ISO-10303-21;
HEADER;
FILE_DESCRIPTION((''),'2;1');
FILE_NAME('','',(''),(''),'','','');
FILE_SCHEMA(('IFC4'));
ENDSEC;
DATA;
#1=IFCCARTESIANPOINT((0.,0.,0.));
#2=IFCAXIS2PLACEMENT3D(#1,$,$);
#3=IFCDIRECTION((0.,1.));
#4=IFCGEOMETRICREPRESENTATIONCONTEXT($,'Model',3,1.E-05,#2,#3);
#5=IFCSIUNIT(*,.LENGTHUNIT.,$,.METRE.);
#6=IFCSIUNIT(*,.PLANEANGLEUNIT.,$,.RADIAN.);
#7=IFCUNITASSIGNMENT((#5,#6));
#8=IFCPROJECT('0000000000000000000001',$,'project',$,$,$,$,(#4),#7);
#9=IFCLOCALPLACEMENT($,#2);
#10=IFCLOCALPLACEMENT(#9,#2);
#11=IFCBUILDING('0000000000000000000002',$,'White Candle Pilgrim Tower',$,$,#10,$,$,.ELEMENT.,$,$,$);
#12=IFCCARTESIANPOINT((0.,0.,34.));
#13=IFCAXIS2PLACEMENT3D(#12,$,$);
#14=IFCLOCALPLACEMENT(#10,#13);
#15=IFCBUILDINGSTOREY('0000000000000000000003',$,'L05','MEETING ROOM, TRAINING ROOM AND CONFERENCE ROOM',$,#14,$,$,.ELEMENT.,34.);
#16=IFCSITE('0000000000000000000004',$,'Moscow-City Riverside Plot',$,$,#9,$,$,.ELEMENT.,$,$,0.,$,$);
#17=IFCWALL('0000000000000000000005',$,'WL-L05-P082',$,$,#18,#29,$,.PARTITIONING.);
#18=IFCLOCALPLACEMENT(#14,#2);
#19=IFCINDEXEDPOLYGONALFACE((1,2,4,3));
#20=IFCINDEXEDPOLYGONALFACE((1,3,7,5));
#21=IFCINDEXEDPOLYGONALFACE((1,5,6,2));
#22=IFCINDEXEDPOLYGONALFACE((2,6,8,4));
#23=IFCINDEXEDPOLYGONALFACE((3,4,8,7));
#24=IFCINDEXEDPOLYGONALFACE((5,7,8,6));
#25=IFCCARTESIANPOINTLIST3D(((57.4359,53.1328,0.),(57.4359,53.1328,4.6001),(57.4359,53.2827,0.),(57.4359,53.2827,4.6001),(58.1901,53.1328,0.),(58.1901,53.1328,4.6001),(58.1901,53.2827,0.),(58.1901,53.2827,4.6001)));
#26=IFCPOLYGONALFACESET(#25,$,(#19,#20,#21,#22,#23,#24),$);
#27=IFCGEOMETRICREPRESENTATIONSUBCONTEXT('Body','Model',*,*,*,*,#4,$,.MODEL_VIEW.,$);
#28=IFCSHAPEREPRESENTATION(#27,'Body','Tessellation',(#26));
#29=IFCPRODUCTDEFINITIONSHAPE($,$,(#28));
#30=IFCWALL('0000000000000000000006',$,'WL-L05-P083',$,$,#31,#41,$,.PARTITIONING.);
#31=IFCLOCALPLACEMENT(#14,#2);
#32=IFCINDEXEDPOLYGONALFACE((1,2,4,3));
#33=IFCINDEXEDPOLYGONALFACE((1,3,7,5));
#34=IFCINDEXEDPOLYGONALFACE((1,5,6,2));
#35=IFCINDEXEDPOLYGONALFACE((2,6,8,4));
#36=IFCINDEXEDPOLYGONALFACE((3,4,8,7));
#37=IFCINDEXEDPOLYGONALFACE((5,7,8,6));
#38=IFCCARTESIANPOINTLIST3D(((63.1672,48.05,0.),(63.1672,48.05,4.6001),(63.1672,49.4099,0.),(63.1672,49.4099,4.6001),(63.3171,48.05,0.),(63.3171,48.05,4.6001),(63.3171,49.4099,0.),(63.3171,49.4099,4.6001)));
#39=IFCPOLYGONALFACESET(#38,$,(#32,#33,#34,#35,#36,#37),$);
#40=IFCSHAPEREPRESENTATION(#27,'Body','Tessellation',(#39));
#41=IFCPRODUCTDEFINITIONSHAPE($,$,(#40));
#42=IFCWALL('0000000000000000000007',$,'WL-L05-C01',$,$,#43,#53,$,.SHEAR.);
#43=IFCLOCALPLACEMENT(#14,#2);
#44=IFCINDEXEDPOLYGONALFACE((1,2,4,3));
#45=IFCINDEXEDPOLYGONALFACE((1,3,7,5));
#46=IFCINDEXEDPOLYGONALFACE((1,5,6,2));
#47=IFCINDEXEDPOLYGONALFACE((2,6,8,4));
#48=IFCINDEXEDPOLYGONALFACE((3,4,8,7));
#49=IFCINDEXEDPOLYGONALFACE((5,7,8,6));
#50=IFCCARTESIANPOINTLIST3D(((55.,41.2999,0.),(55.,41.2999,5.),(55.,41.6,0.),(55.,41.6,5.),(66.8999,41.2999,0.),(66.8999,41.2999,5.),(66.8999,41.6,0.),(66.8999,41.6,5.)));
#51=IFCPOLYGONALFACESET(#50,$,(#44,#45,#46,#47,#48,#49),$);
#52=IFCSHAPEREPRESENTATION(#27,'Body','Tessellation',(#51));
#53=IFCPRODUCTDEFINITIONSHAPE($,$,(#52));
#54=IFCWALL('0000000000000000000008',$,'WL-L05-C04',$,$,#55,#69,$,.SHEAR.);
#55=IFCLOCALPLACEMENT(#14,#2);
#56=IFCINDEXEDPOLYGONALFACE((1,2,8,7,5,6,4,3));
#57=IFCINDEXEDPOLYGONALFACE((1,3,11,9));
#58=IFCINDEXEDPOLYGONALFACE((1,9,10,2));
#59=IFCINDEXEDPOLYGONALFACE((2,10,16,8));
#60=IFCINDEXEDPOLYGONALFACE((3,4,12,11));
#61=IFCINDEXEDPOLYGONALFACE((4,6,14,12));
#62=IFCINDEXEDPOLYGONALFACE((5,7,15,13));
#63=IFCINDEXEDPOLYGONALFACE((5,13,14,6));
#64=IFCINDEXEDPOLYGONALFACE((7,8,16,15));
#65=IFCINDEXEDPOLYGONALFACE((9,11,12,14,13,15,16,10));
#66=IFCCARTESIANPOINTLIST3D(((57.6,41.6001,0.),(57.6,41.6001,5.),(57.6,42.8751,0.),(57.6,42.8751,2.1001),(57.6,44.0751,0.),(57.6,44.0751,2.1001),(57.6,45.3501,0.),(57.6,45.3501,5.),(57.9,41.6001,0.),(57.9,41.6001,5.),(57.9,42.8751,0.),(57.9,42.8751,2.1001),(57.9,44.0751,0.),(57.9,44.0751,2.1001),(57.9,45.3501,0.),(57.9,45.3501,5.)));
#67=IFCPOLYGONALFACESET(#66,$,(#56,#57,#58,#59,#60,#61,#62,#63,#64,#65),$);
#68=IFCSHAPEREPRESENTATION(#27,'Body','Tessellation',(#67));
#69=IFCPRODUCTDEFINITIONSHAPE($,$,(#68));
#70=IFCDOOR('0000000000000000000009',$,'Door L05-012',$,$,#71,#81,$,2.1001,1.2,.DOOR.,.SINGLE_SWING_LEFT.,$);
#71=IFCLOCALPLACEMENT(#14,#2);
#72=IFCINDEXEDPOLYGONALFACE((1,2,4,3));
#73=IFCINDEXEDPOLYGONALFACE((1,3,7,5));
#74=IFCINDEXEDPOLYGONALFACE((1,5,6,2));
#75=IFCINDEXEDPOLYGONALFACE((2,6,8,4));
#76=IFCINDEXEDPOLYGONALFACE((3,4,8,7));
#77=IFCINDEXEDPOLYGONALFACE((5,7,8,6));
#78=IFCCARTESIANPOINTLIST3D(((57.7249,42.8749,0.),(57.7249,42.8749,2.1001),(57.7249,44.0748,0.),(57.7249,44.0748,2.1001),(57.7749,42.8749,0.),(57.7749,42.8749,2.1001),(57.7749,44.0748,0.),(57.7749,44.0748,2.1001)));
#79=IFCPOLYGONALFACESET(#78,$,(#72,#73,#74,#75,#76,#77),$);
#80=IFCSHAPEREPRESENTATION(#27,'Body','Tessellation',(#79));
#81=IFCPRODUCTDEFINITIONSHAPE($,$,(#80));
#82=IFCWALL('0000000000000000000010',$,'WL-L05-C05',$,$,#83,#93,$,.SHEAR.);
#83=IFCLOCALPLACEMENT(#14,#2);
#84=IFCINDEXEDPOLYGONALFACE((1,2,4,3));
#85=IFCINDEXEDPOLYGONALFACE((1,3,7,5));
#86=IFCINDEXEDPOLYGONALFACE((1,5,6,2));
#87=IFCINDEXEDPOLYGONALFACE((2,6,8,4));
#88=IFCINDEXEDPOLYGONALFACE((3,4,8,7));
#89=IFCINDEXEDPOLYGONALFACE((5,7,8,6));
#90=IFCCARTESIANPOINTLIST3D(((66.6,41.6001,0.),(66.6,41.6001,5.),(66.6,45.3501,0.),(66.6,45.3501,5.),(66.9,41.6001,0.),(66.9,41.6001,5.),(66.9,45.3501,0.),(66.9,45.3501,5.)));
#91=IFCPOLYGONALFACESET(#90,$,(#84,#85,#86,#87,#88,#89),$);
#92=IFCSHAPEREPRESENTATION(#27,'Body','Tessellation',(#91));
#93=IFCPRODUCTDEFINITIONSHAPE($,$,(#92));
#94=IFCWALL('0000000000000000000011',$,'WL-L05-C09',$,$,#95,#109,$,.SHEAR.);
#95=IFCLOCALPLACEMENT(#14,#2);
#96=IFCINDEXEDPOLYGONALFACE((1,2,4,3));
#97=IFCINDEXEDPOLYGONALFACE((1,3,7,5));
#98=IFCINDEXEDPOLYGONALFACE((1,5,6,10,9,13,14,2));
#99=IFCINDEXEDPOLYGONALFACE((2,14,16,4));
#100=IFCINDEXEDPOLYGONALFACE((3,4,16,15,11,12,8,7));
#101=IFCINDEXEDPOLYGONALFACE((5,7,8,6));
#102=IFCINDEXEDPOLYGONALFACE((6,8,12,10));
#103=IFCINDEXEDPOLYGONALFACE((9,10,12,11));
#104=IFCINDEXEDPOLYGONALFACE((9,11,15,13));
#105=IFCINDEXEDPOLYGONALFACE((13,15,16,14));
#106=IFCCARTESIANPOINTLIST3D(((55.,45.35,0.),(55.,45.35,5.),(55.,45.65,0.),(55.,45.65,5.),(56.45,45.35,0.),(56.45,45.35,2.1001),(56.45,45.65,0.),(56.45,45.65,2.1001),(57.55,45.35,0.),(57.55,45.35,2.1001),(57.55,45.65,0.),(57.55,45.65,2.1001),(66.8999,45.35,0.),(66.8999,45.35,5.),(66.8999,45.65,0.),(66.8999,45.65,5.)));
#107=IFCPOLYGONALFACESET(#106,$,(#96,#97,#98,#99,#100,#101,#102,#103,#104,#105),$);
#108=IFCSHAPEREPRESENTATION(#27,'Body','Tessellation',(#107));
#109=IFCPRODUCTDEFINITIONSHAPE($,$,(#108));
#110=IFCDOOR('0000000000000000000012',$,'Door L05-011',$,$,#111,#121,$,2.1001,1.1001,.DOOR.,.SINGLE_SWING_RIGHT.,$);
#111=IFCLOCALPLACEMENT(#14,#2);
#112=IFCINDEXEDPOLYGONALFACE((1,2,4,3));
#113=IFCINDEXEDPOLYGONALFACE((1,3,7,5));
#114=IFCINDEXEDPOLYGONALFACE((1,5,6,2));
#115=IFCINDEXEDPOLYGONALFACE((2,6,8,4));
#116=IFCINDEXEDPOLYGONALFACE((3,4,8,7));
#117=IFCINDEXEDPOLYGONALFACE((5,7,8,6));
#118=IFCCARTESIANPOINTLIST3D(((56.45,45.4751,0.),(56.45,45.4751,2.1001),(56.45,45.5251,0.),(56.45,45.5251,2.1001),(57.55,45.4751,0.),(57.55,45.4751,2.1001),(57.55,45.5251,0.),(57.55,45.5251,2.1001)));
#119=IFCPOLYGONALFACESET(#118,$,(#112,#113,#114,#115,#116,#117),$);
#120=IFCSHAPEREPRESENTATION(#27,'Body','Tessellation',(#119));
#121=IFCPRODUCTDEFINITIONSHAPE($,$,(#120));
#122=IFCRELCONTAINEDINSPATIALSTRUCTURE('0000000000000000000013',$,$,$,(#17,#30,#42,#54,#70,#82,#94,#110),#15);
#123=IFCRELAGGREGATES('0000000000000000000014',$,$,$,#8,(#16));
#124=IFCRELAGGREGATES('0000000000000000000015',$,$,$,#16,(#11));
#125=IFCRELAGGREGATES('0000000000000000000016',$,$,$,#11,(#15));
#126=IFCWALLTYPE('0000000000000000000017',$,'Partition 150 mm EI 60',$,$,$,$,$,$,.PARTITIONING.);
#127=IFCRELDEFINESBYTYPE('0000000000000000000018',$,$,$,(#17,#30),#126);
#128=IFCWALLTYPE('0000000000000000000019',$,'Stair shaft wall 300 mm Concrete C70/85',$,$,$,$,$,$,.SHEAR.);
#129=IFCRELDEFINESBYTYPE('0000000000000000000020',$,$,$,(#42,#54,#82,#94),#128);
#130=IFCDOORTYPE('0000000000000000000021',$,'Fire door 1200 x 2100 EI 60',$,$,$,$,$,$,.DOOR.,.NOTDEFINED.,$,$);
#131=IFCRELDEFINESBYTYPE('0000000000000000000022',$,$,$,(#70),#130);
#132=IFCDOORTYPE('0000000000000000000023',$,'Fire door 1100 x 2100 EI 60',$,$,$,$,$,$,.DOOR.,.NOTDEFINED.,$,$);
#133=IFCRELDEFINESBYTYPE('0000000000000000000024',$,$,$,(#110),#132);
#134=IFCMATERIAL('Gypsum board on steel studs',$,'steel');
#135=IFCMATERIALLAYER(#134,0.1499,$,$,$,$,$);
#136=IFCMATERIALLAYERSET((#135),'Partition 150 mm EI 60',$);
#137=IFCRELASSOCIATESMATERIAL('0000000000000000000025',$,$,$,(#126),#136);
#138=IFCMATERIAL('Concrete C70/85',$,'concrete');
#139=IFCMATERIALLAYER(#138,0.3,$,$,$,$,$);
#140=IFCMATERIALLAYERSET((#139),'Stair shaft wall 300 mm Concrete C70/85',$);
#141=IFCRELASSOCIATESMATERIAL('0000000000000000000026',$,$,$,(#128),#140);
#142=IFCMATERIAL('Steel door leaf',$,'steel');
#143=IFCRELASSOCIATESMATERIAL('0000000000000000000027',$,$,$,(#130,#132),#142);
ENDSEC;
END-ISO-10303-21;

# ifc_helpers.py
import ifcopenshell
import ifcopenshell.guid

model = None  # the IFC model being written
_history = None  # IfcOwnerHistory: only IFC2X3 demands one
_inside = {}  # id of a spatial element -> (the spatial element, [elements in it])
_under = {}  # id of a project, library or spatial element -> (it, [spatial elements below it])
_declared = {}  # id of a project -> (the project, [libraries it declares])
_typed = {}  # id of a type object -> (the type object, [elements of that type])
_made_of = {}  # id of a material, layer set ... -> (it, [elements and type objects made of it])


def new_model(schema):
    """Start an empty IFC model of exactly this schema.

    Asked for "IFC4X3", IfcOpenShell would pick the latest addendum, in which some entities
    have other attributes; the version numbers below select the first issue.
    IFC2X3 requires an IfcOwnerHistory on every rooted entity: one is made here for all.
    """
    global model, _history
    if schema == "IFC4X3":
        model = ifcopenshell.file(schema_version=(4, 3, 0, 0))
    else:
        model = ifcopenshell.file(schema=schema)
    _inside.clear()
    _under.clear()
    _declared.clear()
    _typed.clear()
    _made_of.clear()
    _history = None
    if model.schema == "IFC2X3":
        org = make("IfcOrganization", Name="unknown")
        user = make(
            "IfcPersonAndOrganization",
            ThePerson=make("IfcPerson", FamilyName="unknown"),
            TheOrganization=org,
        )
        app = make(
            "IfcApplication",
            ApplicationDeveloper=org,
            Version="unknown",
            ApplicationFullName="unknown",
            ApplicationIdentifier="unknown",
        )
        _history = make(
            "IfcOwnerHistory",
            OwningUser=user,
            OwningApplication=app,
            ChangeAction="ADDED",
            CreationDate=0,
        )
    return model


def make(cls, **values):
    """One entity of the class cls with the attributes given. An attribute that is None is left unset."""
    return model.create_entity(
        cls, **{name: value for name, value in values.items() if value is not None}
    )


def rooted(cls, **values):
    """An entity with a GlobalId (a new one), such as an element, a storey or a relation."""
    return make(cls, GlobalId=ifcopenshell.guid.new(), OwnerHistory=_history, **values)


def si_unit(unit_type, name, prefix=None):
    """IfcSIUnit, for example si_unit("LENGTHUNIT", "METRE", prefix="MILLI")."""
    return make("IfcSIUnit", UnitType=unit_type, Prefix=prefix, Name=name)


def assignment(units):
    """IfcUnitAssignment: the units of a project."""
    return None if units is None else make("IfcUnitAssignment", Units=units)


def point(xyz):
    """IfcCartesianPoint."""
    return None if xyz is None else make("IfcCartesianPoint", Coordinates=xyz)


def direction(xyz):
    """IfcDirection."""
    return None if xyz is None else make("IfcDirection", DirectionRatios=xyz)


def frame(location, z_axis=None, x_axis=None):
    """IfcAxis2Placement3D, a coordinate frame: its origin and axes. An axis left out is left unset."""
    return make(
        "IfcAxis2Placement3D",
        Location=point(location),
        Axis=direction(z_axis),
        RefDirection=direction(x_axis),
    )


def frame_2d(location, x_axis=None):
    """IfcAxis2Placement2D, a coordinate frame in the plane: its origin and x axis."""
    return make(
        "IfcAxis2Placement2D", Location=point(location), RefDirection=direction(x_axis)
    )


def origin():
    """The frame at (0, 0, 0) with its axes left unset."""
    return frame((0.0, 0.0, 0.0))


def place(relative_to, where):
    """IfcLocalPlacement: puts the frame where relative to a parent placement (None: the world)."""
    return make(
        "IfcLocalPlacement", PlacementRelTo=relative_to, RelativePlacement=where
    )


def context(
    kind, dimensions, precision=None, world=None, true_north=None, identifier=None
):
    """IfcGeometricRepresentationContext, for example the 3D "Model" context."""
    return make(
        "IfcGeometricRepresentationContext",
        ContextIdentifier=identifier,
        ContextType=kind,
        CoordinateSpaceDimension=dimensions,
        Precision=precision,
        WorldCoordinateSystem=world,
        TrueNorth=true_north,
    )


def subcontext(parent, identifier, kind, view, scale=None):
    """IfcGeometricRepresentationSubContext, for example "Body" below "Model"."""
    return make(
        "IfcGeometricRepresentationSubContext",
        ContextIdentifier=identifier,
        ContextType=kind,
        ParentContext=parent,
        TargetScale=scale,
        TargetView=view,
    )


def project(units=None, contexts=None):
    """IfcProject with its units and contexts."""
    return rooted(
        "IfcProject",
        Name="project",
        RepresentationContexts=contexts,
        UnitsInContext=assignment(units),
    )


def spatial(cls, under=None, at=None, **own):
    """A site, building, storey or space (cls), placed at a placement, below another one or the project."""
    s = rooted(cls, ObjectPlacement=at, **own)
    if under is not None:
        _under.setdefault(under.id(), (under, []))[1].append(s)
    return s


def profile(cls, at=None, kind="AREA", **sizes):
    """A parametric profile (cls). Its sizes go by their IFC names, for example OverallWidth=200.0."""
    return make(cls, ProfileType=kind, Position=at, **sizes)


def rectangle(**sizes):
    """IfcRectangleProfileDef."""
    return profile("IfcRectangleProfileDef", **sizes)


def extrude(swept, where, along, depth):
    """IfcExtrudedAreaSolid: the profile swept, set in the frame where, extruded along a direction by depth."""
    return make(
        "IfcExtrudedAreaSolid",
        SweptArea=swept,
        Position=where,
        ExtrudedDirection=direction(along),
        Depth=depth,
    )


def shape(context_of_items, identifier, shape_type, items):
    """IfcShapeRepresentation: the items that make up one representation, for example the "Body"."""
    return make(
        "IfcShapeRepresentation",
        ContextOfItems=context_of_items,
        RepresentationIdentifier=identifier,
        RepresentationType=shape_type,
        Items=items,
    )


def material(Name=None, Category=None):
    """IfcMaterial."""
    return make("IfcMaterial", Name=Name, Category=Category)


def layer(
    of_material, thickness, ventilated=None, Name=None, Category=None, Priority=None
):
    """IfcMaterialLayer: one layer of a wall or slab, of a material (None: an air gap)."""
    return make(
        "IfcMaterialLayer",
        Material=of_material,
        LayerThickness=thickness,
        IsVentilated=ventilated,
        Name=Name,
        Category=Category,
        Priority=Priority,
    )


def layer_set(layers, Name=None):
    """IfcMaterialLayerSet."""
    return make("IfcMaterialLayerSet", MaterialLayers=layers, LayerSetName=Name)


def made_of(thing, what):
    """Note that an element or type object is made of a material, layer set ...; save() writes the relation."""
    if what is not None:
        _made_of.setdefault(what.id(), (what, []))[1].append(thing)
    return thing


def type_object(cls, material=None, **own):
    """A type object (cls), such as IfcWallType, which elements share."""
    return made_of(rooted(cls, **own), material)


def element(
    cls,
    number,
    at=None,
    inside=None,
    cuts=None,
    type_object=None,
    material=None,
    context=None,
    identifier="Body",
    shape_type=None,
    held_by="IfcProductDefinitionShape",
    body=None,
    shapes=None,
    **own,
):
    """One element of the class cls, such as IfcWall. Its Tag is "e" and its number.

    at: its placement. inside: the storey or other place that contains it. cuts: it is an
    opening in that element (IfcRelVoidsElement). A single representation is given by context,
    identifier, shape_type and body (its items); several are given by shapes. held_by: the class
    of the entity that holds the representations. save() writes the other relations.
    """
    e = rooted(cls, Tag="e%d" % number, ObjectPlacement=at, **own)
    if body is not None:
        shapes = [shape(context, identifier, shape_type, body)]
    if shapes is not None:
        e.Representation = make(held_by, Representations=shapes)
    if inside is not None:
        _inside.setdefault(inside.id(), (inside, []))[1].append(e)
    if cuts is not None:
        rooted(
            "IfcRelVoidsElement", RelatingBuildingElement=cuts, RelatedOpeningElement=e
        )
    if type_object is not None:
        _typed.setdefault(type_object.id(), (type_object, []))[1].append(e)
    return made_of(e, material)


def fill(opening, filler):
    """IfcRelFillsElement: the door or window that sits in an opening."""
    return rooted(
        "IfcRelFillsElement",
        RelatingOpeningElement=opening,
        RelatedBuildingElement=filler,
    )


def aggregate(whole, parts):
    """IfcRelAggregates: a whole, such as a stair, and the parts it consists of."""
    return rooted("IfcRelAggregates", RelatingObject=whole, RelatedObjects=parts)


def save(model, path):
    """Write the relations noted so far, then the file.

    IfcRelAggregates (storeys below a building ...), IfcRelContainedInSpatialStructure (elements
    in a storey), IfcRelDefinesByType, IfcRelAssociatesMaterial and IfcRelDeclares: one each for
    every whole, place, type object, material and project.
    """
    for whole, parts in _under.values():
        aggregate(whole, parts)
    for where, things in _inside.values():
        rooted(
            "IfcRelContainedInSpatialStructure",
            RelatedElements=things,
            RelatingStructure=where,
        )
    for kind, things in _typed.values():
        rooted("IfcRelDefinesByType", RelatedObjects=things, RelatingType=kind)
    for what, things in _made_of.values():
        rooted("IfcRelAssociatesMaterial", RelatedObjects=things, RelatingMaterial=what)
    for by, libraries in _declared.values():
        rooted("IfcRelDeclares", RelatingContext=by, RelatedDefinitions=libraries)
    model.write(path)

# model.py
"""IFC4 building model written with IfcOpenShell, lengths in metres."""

from ifc_helpers import new_model, si_unit, direction, frame, frame_2d, origin, place, context, subcontext, project, spatial, rectangle, extrude, material, layer, layer_set, type_object, element, fill, save


model = new_model("IFC4")

# Units and contexts
model_context = context("Model", 3, precision=1e-05, world=origin(), true_north=direction((0.0, 1.0)))
body_context = subcontext(model_context, "Body", "Model", "MODEL_VIEW")
ifc_project = project(units=[si_unit("LENGTHUNIT", "METRE"), si_unit("PLANEANGLEUNIT", "RADIAN")], contexts=[model_context])

# Site, building, storey
site_placement = place(None, origin())
site = spatial("IfcSite", under=ifc_project, at=site_placement, Name="Moscow-City Riverside Plot", CompositionType="ELEMENT", RefElevation=0.0)
building_placement = place(site_placement, origin())
building = spatial("IfcBuilding", under=site, at=building_placement, Name="White Candle Pilgrim Tower", CompositionType="ELEMENT")
storey_placement = place(building_placement, frame((0.0, 0.0, 34.0)))
storey = spatial("IfcBuildingStorey", under=building, at=storey_placement, Name="L05", Description="MEETING ROOM, TRAINING ROOM AND CONFERENCE ROOM", CompositionType="ELEMENT", Elevation=34.0)

# Shared definitions
ifc_material_1 = material(Name="Concrete C70/85", Category="concrete")

# Shared definitions
ifc_material_2 = material(Name="Gypsum board on steel studs", Category="steel")
ifc_material_3 = material(Name="Steel door leaf", Category="steel")

# Walls
ifc_layer_1 = layer(ifc_material_2, 0.1499)
ifc_layer_set_1 = layer_set([ifc_layer_1], Name="Partition 150 mm EI 60")
wall_type_1 = type_object("IfcWallType", Name="Partition 150 mm EI 60", PredefinedType="PARTITIONING", material=ifc_layer_set_1)
wall_1_placement = place(storey_placement, frame((58.1899, 53.2078, 0.0), z_axis=(0.0, 0.0, 1.0), x_axis=(-1.0, 0.0, 0.0)))
element("IfcWall", 1, at=wall_1_placement, inside=storey, type_object=wall_type_1, Name="WL-L05-P082", PredefinedType="PARTITIONING", context=body_context, shape_type="SweptSolid", body=[
    extrude(rectangle(XDim=0.7542, YDim=0.1499, at=frame_2d((0.377, 0.0))), origin(), (0.0, 0.0, 1.0), 4.6001),
])
wall_2_placement = place(storey_placement, frame((63.2422, 49.4099, 0.0), z_axis=(0.0, 0.0, 1.0), x_axis=(0.0, -1.0, 0.0)))
element("IfcWall", 2, at=wall_2_placement, inside=storey, type_object=wall_type_1, Name="WL-L05-P083", PredefinedType="PARTITIONING", context=body_context, shape_type="SweptSolid", body=[
    extrude(rectangle(XDim=1.3599, YDim=0.1499, at=frame_2d((0.6799, 0.0))), origin(), (0.0, 0.0, 1.0), 4.6001),
])
ifc_layer_2 = layer(ifc_material_1, 0.3)
ifc_layer_set_2 = layer_set([ifc_layer_2], Name="Stair shaft wall 300 mm Concrete C70/85")
wall_type_2 = type_object("IfcWallType", Name="Stair shaft wall 300 mm Concrete C70/85", PredefinedType="SHEAR", material=ifc_layer_set_2)
wall_3_placement = place(storey_placement, frame((55.0, 41.45, 0.0), z_axis=(0.0, 0.0, 1.0), x_axis=(1.0, 0.0, 0.0)))
element("IfcWall", 3, at=wall_3_placement, inside=storey, type_object=wall_type_2, Name="WL-L05-C01", PredefinedType="SHEAR", context=body_context, shape_type="SweptSolid", body=[
    extrude(rectangle(XDim=11.8999, YDim=0.3, at=frame_2d((5.95, 0.0))), origin(), (0.0, 0.0, 1.0), 5.0),
])

# Wall, opening, door
wall_4_placement = place(storey_placement, frame((57.75, 41.6001, 0.0), z_axis=(0.0, 0.0, 1.0), x_axis=(0.0, 1.0, 0.0)))
wall_4 = element("IfcWall", 4, at=wall_4_placement, inside=storey, type_object=wall_type_2, Name="WL-L05-C04", PredefinedType="SHEAR", context=body_context, shape_type="SweptSolid", body=[
    extrude(rectangle(XDim=3.75, YDim=0.3, at=frame_2d((1.875, 0.0))), origin(), (0.0, 0.0, 1.0), 5.0),
])
opening_1_placement = place(wall_4_placement, frame((1.2749, 0.0, 0.0)))
opening_1 = element("IfcOpeningElement", 5, at=opening_1_placement, cuts=wall_4, PredefinedType="OPENING", context=body_context, shape_type="SweptSolid", body=[
    extrude(rectangle(XDim=1.2, YDim=2.1001, at=frame_2d((0.6001, 1.05))), frame((0.0, 0.1599, 0.0), z_axis=(0.0, -1.0, 0.0), x_axis=(1.0, 0.0, 0.0)), (0.0, 0.0, 1.0), 0.3201),
])
door_type_1 = type_object("IfcDoorType", Name="Fire door 1200 x 2100 EI 60", OperationType="NOTDEFINED", PredefinedType="DOOR", material=ifc_material_3)
door_1_placement = place(opening_1_placement, frame((1.2, 0.0, 0.0), z_axis=(0.0, 0.0, 1.0), x_axis=(-1.0, 0.0, 0.0)))
door_1 = element("IfcDoor", 6, at=door_1_placement, inside=storey, type_object=door_type_1, Name="Door L05-012", OperationType="SINGLE_SWING_LEFT", OverallHeight=2.1001, OverallWidth=1.2, PredefinedType="DOOR", context=body_context, shape_type="SweptSolid", body=[
    extrude(rectangle(XDim=1.2, YDim=2.1001, at=frame_2d((0.6001, 1.05))), frame((0.0, 0.0249, 0.0), z_axis=(0.0, -1.0, 0.0), x_axis=(1.0, 0.0, 0.0)), (0.0, 0.0, 1.0), 0.05),
])
fill(opening_1, door_1)

# Wall
wall_5_placement = place(storey_placement, frame((66.75, 41.6001, 0.0), z_axis=(0.0, 0.0, 1.0), x_axis=(0.0, 1.0, 0.0)))
element("IfcWall", 7, at=wall_5_placement, inside=storey, type_object=wall_type_2, Name="WL-L05-C05", PredefinedType="SHEAR", context=body_context, shape_type="SweptSolid", body=[
    extrude(rectangle(XDim=3.75, YDim=0.3, at=frame_2d((1.875, 0.0))), origin(), (0.0, 0.0, 1.0), 5.0),
])

# Wall, opening, door
wall_6_placement = place(storey_placement, frame((55.0, 45.5, 0.0), z_axis=(0.0, 0.0, 1.0), x_axis=(1.0, 0.0, 0.0)))
wall_6 = element("IfcWall", 8, at=wall_6_placement, inside=storey, type_object=wall_type_2, Name="WL-L05-C09", PredefinedType="SHEAR", context=body_context, shape_type="SweptSolid", body=[
    extrude(rectangle(XDim=11.8999, YDim=0.3, at=frame_2d((5.95, 0.0))), origin(), (0.0, 0.0, 1.0), 5.0),
])
opening_2_placement = place(wall_6_placement, frame((1.45, 0.0, 0.0)))
opening_2 = element("IfcOpeningElement", 9, at=opening_2_placement, cuts=wall_6, PredefinedType="OPENING", context=body_context, shape_type="SweptSolid", body=[
    extrude(rectangle(XDim=1.1001, YDim=2.1001, at=frame_2d((0.55, 1.05))), frame((0.0, 0.1599, 0.0), z_axis=(0.0, -1.0, 0.0), x_axis=(1.0, 0.0, 0.0)), (0.0, 0.0, 1.0), 0.3201),
])
door_type_2 = type_object("IfcDoorType", Name="Fire door 1100 x 2100 EI 60", OperationType="NOTDEFINED", PredefinedType="DOOR", material=ifc_material_3)
door_2_placement = place(opening_2_placement, frame((1.1001, 0.0, 0.0), z_axis=(0.0, 0.0, 1.0), x_axis=(-1.0, 0.0, 0.0)))
door_2 = element("IfcDoor", 10, at=door_2_placement, inside=storey, type_object=door_type_2, Name="Door L05-011", OperationType="SINGLE_SWING_RIGHT", OverallHeight=2.1001, OverallWidth=1.1001, PredefinedType="DOOR", context=body_context, shape_type="SweptSolid", body=[
    extrude(rectangle(XDim=1.1001, YDim=2.1001, at=frame_2d((0.55, 1.05))), frame((0.0, 0.0249, 0.0), z_axis=(0.0, -1.0, 0.0), x_axis=(1.0, 0.0, 0.0)), (0.0, 0.0, 1.0), 0.05),
])
fill(opening_2, door_2)

save(model, "model.ifc")
